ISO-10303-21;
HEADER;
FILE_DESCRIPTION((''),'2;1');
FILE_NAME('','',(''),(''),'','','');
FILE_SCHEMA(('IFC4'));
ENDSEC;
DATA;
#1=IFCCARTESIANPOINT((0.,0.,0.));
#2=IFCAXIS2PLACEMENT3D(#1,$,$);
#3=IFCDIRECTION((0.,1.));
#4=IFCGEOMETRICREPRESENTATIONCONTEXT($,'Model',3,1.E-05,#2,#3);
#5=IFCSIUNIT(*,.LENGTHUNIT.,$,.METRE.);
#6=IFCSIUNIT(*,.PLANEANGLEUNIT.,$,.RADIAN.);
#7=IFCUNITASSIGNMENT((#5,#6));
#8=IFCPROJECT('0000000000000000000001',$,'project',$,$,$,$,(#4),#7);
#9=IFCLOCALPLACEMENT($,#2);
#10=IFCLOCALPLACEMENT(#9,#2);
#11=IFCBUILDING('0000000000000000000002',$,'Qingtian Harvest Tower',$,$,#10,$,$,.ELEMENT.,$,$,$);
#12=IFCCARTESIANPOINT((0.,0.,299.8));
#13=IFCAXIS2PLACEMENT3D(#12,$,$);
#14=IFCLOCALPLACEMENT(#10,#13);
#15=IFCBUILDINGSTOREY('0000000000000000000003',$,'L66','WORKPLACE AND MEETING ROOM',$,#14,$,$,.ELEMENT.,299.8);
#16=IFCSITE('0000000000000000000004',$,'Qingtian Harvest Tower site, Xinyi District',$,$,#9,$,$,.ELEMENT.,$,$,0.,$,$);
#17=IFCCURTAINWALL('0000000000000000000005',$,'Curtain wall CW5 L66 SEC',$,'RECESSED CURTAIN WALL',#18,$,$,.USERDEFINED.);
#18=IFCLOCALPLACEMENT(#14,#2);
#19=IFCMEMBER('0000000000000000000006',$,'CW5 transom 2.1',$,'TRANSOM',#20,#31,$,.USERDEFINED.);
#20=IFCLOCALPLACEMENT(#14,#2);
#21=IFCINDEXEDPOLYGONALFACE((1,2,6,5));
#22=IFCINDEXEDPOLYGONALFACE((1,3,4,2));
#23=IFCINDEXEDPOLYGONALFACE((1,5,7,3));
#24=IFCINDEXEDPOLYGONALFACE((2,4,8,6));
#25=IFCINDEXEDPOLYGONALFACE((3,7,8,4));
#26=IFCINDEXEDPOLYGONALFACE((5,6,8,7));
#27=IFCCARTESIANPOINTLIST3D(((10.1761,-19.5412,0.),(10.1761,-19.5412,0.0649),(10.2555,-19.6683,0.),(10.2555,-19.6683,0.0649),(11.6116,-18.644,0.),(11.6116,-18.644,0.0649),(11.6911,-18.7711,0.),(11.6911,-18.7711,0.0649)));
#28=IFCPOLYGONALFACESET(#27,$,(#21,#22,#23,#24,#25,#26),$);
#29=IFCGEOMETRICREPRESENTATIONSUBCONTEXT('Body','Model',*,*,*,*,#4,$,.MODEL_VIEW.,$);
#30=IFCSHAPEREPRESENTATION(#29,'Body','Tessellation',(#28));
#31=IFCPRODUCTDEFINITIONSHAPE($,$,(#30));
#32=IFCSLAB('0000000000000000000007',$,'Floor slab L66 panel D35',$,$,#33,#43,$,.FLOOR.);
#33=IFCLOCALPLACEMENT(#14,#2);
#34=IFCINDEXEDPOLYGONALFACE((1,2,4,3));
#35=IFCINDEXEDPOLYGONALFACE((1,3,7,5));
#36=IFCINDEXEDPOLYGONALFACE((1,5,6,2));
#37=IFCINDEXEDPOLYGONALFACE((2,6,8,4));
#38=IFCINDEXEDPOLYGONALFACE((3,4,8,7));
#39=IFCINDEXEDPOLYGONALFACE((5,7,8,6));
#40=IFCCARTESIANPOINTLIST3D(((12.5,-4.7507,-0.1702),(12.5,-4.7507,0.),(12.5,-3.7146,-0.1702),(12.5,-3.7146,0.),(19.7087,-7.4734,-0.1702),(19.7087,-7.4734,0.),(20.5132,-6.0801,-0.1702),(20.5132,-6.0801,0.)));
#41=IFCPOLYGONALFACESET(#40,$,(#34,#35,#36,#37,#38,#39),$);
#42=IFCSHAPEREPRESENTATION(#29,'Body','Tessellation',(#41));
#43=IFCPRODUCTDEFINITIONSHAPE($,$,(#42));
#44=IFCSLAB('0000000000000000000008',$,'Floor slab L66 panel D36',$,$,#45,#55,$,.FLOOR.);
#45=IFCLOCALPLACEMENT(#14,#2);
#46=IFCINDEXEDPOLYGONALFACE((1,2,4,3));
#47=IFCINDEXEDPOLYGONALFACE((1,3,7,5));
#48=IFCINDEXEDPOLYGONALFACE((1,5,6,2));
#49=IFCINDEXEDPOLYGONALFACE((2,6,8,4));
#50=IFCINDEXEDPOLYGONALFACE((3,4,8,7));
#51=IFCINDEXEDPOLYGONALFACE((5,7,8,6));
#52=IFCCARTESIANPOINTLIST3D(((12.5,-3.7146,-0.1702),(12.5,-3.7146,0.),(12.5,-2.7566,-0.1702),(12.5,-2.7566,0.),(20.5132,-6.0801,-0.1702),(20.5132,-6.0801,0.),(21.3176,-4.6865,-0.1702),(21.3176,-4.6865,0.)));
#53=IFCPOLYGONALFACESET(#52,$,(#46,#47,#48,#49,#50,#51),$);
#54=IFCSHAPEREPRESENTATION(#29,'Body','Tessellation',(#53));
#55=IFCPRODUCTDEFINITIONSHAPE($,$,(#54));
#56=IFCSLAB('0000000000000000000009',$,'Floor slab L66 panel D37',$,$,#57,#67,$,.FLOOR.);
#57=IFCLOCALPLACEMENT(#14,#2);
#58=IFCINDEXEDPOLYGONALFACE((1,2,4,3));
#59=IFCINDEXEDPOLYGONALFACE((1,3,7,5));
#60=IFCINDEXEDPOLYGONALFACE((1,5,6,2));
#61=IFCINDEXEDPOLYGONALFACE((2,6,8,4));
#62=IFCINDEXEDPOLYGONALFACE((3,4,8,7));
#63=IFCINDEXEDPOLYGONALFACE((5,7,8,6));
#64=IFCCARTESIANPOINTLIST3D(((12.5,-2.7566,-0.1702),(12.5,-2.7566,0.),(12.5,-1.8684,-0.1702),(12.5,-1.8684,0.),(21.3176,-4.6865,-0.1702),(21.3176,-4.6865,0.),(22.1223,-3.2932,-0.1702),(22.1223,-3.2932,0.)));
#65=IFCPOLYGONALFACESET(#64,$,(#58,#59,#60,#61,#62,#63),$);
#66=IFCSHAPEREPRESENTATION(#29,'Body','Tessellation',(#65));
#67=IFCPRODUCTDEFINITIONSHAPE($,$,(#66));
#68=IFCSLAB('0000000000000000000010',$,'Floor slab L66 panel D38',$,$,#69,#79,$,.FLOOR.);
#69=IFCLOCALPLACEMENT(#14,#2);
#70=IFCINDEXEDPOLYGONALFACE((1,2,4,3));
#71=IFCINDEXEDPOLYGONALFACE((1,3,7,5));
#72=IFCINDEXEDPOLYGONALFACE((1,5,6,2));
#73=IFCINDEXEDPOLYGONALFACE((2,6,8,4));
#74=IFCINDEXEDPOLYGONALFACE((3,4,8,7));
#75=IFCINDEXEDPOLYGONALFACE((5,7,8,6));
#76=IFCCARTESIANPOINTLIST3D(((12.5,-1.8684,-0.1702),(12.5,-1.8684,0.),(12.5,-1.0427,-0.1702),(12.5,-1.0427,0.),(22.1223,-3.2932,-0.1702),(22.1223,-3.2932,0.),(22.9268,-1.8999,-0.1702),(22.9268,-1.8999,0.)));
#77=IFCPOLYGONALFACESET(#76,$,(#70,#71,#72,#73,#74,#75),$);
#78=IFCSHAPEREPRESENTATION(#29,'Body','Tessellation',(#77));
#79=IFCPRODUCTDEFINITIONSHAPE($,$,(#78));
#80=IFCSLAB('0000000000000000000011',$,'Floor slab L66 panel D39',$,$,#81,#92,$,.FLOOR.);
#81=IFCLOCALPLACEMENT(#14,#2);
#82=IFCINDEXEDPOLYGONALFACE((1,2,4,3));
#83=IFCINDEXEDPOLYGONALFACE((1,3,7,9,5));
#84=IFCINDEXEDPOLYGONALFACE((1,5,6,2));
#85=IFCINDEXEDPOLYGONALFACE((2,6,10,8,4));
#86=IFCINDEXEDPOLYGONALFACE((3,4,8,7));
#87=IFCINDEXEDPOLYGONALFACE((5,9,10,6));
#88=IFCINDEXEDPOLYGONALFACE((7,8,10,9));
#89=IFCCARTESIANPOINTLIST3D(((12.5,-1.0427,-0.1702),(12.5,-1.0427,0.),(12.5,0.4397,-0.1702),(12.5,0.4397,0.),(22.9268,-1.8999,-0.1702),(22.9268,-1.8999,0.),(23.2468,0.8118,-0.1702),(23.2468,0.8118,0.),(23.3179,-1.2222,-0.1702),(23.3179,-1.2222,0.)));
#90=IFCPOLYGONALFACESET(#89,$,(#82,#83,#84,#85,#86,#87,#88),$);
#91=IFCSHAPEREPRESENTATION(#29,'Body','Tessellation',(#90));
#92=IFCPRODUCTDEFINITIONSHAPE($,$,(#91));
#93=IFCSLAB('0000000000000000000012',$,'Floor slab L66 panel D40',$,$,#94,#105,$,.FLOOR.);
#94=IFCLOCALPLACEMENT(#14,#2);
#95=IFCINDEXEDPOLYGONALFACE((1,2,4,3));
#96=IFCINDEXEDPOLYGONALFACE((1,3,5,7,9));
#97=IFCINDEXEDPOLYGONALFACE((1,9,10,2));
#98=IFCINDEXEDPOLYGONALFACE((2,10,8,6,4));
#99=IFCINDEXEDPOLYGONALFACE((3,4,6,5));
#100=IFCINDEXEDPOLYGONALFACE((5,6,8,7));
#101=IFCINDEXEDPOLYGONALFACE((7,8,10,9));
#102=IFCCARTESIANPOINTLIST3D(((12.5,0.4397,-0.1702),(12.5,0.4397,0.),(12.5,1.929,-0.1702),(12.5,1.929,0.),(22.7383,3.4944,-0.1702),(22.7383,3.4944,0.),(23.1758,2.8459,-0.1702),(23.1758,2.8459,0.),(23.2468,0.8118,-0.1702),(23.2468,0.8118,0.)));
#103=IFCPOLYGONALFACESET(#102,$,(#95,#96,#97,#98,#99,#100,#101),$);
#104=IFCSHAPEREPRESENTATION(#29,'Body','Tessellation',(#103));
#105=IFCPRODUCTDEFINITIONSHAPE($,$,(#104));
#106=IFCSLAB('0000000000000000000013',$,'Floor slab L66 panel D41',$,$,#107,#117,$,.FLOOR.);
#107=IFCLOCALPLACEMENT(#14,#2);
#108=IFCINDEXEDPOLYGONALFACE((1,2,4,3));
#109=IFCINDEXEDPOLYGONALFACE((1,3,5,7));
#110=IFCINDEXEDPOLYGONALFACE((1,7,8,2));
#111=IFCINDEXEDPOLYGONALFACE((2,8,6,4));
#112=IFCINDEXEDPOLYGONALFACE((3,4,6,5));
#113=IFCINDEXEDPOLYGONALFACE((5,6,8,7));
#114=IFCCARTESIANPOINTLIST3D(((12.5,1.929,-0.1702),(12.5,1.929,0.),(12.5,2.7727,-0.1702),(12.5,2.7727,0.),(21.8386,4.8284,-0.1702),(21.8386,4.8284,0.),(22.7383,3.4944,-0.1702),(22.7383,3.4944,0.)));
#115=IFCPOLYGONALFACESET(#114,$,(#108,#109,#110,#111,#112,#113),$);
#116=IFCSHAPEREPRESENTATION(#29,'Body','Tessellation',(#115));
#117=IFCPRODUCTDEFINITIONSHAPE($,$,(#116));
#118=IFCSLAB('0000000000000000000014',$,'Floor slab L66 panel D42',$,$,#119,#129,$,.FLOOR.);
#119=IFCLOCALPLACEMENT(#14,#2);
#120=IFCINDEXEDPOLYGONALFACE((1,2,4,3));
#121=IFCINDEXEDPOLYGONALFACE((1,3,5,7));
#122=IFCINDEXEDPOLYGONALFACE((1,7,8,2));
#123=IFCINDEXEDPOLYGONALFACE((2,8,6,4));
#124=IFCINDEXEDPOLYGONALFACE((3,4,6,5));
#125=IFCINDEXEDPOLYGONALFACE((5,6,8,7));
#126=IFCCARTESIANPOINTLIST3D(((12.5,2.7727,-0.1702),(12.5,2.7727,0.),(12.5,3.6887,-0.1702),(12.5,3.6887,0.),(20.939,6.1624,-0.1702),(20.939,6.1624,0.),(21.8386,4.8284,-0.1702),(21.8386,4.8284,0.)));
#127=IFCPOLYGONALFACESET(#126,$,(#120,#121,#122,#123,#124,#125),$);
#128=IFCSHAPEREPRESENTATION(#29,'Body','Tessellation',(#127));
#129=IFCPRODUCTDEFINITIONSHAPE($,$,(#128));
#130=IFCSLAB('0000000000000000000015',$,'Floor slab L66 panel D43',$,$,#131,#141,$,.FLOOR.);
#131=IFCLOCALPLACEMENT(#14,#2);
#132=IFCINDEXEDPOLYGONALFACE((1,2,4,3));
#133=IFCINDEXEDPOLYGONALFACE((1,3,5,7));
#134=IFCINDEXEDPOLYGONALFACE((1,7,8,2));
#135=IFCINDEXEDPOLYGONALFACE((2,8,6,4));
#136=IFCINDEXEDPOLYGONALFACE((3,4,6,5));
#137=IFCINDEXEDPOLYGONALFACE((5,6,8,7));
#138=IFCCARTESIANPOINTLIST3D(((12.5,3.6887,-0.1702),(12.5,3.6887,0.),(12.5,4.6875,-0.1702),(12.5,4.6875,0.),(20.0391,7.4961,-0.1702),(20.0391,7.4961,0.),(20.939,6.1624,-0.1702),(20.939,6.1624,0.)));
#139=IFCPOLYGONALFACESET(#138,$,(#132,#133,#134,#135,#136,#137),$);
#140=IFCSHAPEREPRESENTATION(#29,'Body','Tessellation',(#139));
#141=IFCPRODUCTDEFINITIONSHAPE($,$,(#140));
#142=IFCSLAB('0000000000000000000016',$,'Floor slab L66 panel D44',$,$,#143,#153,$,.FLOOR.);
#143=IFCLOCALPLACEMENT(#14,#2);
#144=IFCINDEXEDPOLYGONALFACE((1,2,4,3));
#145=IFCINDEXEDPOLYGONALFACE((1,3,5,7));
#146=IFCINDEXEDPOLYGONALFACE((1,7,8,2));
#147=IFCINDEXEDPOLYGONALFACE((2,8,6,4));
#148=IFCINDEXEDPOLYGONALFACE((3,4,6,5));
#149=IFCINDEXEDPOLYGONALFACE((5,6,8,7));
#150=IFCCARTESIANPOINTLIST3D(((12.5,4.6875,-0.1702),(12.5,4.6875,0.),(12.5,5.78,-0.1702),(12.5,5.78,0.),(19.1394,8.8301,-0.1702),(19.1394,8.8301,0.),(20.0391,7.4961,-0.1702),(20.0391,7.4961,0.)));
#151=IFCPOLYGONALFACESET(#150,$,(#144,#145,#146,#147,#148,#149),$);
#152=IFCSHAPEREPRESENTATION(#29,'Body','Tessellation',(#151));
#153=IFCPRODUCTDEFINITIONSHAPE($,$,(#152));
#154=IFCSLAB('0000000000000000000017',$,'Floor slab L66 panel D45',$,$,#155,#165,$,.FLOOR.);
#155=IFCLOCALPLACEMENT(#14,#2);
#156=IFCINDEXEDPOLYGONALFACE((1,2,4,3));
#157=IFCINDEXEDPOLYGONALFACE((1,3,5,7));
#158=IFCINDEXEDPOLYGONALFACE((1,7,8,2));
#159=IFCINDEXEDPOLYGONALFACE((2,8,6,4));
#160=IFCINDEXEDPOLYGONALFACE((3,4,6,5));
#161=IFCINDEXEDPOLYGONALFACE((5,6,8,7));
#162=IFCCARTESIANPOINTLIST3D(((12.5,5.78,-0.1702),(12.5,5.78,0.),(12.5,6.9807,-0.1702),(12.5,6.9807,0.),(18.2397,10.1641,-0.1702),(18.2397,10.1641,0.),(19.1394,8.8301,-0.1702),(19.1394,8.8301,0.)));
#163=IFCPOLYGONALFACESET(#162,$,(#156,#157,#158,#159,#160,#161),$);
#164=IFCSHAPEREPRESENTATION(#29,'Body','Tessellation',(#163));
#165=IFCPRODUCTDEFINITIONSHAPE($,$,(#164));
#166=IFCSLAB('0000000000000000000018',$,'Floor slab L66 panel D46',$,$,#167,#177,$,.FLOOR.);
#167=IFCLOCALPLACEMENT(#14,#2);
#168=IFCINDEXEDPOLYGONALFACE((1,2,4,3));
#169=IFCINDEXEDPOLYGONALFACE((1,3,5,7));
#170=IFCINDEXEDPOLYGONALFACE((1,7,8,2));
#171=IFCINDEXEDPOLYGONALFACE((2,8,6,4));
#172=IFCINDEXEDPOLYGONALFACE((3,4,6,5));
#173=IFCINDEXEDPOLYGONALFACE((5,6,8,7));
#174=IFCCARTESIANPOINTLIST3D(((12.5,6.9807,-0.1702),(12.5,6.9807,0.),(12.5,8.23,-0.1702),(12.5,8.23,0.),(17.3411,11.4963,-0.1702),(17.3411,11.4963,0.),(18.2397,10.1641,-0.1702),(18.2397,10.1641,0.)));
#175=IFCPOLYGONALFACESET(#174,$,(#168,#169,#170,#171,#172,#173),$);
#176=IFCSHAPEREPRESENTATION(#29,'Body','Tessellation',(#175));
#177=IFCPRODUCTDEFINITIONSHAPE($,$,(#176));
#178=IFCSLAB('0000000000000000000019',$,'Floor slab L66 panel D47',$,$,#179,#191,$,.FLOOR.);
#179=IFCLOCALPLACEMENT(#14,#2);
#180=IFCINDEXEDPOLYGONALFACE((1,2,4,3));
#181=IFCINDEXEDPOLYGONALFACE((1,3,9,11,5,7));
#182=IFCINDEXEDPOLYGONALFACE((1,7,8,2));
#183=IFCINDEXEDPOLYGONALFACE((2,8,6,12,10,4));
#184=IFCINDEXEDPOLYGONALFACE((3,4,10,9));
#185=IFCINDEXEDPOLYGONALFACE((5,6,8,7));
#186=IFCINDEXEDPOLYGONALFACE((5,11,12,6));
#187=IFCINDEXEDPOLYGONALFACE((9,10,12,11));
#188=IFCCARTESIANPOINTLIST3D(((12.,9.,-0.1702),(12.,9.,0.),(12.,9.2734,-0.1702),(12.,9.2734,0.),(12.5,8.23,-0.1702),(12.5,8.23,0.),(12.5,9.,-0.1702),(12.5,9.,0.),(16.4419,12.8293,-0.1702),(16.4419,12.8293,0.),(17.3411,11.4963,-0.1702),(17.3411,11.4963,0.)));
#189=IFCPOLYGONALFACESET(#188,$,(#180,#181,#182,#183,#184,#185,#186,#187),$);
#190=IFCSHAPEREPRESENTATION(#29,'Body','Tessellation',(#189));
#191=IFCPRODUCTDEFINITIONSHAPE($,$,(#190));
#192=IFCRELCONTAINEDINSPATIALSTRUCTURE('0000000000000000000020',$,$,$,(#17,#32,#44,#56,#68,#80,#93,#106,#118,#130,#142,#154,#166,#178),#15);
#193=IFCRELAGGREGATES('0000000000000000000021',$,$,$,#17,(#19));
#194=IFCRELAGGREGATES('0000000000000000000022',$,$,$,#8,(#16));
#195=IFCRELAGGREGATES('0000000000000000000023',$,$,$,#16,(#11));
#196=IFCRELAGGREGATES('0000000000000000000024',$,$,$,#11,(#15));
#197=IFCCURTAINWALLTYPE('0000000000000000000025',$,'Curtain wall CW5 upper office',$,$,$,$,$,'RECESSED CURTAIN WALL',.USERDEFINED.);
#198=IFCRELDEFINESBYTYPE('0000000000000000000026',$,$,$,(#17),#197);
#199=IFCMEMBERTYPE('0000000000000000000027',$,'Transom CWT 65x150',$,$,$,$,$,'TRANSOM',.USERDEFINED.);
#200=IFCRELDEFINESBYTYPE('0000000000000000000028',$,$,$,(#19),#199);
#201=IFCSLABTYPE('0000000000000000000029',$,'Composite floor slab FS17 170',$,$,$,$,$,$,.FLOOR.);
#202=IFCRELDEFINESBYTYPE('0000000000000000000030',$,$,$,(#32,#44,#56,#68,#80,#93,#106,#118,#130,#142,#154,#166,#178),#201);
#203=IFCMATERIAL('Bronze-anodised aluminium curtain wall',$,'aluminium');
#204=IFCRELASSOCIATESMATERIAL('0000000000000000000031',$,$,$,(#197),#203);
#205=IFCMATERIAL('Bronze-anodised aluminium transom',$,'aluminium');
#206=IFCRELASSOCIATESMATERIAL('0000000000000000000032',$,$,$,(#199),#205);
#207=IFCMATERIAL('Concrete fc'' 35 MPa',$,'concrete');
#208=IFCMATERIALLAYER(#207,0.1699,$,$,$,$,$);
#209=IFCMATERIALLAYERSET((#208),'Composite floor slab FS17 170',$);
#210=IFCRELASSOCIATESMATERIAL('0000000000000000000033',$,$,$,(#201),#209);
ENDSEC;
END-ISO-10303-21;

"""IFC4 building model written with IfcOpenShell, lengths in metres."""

from ifc_helpers import new_model, si_unit, direction, frame, origin, origin_2d, place, context, subcontext, project, spatial, polyline, rectangle, outline, extrude, material, layer, layer_set, material_profile, profile_set, type_object, element, aggregate, save


model = new_model("IFC4")

# Units and contexts
model_context = context("Model", 3, precision=1e-05, world=origin(), true_north=direction((0.0, 1.0)))
body_context = subcontext(model_context, "Body", "Model", "MODEL_VIEW")
ifc_project = project(units=[si_unit("LENGTHUNIT", "METRE"), si_unit("PLANEANGLEUNIT", "RADIAN")], contexts=[model_context])

# Site, building, storey
site_placement = place(None, origin())
site = spatial("IfcSite", under=ifc_project, at=site_placement, Name="Qingtian Harvest Tower site, Xinyi District", CompositionType="ELEMENT", RefElevation=0.0)
building_placement = place(site_placement, origin())
building = spatial("IfcBuilding", under=site, at=building_placement, Name="Qingtian Harvest Tower", CompositionType="ELEMENT")
storey_placement = place(building_placement, frame((0.0, 0.0, 299.8)))
storey = spatial("IfcBuildingStorey", under=building, at=storey_placement, Name="L66", Description="WORKPLACE AND MEETING ROOM", CompositionType="ELEMENT", Elevation=299.8)

# Curtain wall, member
ifc_material_1 = material(Name="Bronze-anodised aluminium curtain wall", Category="aluminium")
curtain_wall_type = type_object("IfcCurtainWallType", Name="Curtain wall CW5 upper office", ElementType="RECESSED CURTAIN WALL", PredefinedType="USERDEFINED", material=ifc_material_1)
curtain_wall_placement = place(storey_placement, origin())
curtain_wall = element("IfcCurtainWall", 1, at=curtain_wall_placement, inside=storey, type_object=curtain_wall_type, Name="Curtain wall CW5 L66 SEC", ObjectType="RECESSED CURTAIN WALL", PredefinedType="USERDEFINED")
ifc_material_2 = material(Name="Bronze-anodised aluminium transom", Category="aluminium")
ifc_material_profile = material_profile(ifc_material_2, rectangle(XDim=0.1499, YDim=0.0649, at=origin_2d()), Name="AL 65x150")
ifc_profile_set = profile_set([ifc_material_profile], Name="Bronze-anodised aluminium transom")
member_type = type_object("IfcMemberType", Name="Transom CWT 65x150", ElementType="TRANSOM", PredefinedType="USERDEFINED", material=ifc_profile_set)
member_placement = place(storey_placement, frame((11.6514, -18.7075, 0.0325), z_axis=(-0.847998, -0.529999, 0.0), x_axis=(0.529999, -0.847998, 0.0)))
member = element("IfcMember", 2, at=member_placement, type_object=member_type, Name="CW5 transom 2.1", ObjectType="TRANSOM", PredefinedType="USERDEFINED", context=body_context, shape_type="SweptSolid", body=[
    extrude(rectangle(XDim=0.1499, YDim=0.0649, at=origin_2d()), origin(), (0.0, 0.0, 1.0), 1.6929),
])
aggregate(curtain_wall, [member])

# Slabs
ifc_material_3 = material(Name="Concrete fc' 35 MPa", Category="concrete")
ifc_layer_1 = layer(ifc_material_3, 0.1699)
ifc_layer_set_1 = layer_set([ifc_layer_1], Name="Composite floor slab FS17 170")
slab_type = type_object("IfcSlabType", Name="Composite floor slab FS17 170", PredefinedType="FLOOR", material=ifc_layer_set_1)
slab_1_placement = place(storey_placement, frame((0.0, 0.0, -0.1702)))
element("IfcSlab", 3, at=slab_1_placement, inside=storey, type_object=slab_type, Name="Floor slab L66 panel D35", PredefinedType="FLOOR", context=body_context, shape_type="SweptSolid", body=[
    extrude(outline(polyline([(12.5, -3.7146), (20.5132, -6.0801), (19.7087, -7.4734), (12.5, -4.7507), (12.5, -3.7146)])), origin(), (0.0, 0.0, 1.0), 0.1702),
])
slab_2_placement = place(storey_placement, frame((0.0, 0.0, -0.1702)))
element("IfcSlab", 4, at=slab_2_placement, inside=storey, type_object=slab_type, Name="Floor slab L66 panel D36", PredefinedType="FLOOR", context=body_context, shape_type="SweptSolid", body=[
    extrude(outline(polyline([(12.5, -2.7566), (21.3176, -4.6865), (20.5132, -6.0801), (12.5, -3.7146), (12.5, -2.7566)])), origin(), (0.0, 0.0, 1.0), 0.1702),
])
slab_3_placement = place(storey_placement, frame((0.0, 0.0, -0.1702)))
element("IfcSlab", 5, at=slab_3_placement, inside=storey, type_object=slab_type, Name="Floor slab L66 panel D37", PredefinedType="FLOOR", context=body_context, shape_type="SweptSolid", body=[
    extrude(outline(polyline([(12.5, -1.8684), (22.1223, -3.2932), (21.3176, -4.6865), (12.5, -2.7566), (12.5, -1.8684)])), origin(), (0.0, 0.0, 1.0), 0.1702),
])
slab_4_placement = place(storey_placement, frame((0.0, 0.0, -0.1702)))
element("IfcSlab", 6, at=slab_4_placement, inside=storey, type_object=slab_type, Name="Floor slab L66 panel D38", PredefinedType="FLOOR", context=body_context, shape_type="SweptSolid", body=[
    extrude(outline(polyline([(12.5, -1.0427), (22.9268, -1.8999), (22.1223, -3.2932), (12.5, -1.8684), (12.5, -1.0427)])), origin(), (0.0, 0.0, 1.0), 0.1702),
])
slab_5_placement = place(storey_placement, frame((0.0, 0.0, -0.1702)))
element("IfcSlab", 7, at=slab_5_placement, inside=storey, type_object=slab_type, Name="Floor slab L66 panel D39", PredefinedType="FLOOR", context=body_context, shape_type="SweptSolid", body=[
    extrude(outline(polyline([(12.5, -1.0427), (12.5, 0.4397), (23.2468, 0.8118), (23.3179, -1.2222), (22.9268, -1.8999), (12.5, -1.0427)])), origin(), (0.0, 0.0, 1.0), 0.1702),
])
slab_6_placement = place(storey_placement, frame((0.0, 0.0, -0.1702)))
element("IfcSlab", 8, at=slab_6_placement, inside=storey, type_object=slab_type, Name="Floor slab L66 panel D40", PredefinedType="FLOOR", context=body_context, shape_type="SweptSolid", body=[
    extrude(outline(polyline([(12.5, 0.4397), (12.5, 1.929), (22.7383, 3.4944), (23.1758, 2.8459), (23.2468, 0.8118), (12.5, 0.4397)])), origin(), (0.0, 0.0, 1.0), 0.1702),
])
slab_7_placement = place(storey_placement, frame((0.0, 0.0, -0.1702)))
element("IfcSlab", 9, at=slab_7_placement, inside=storey, type_object=slab_type, Name="Floor slab L66 panel D41", PredefinedType="FLOOR", context=body_context, shape_type="SweptSolid", body=[
    extrude(outline(polyline([(12.5, 2.7727), (21.8386, 4.8284), (22.7383, 3.4944), (12.5, 1.929), (12.5, 2.7727)])), origin(), (0.0, 0.0, 1.0), 0.1702),
])
slab_8_placement = place(storey_placement, frame((0.0, 0.0, -0.1702)))
element("IfcSlab", 10, at=slab_8_placement, inside=storey, type_object=slab_type, Name="Floor slab L66 panel D42", PredefinedType="FLOOR", context=body_context, shape_type="SweptSolid", body=[
    extrude(outline(polyline([(12.5, 3.6887), (20.939, 6.1624), (21.8386, 4.8284), (12.5, 2.7727), (12.5, 3.6887)])), origin(), (0.0, 0.0, 1.0), 0.1702),
])
slab_9_placement = place(storey_placement, frame((0.0, 0.0, -0.1702)))
element("IfcSlab", 11, at=slab_9_placement, inside=storey, type_object=slab_type, Name="Floor slab L66 panel D43", PredefinedType="FLOOR", context=body_context, shape_type="SweptSolid", body=[
    extrude(outline(polyline([(12.5, 4.6875), (20.0391, 7.4961), (20.939, 6.1624), (12.5, 3.6887), (12.5, 4.6875)])), origin(), (0.0, 0.0, 1.0), 0.1702),
])
slab_10_placement = place(storey_placement, frame((0.0, 0.0, -0.1702)))
element("IfcSlab", 12, at=slab_10_placement, inside=storey, type_object=slab_type, Name="Floor slab L66 panel D44", PredefinedType="FLOOR", context=body_context, shape_type="SweptSolid", body=[
    extrude(outline(polyline([(12.5, 5.78), (19.1394, 8.8301), (20.0391, 7.4961), (12.5, 4.6875), (12.5, 5.78)])), origin(), (0.0, 0.0, 1.0), 0.1702),
])
slab_11_placement = place(storey_placement, frame((0.0, 0.0, -0.1702)))
element("IfcSlab", 13, at=slab_11_placement, inside=storey, type_object=slab_type, Name="Floor slab L66 panel D45", PredefinedType="FLOOR", context=body_context, shape_type="SweptSolid", body=[
    extrude(outline(polyline([(12.5, 6.9807), (18.2397, 10.1641), (19.1394, 8.8301), (12.5, 5.78), (12.5, 6.9807)])), origin(), (0.0, 0.0, 1.0), 0.1702),
])
slab_12_placement = place(storey_placement, frame((0.0, 0.0, -0.1702)))
element("IfcSlab", 14, at=slab_12_placement, inside=storey, type_object=slab_type, Name="Floor slab L66 panel D46", PredefinedType="FLOOR", context=body_context, shape_type="SweptSolid", body=[
    extrude(outline(polyline([(12.5, 8.23), (17.3411, 11.4963), (18.2397, 10.1641), (12.5, 6.9807), (12.5, 8.23)])), origin(), (0.0, 0.0, 1.0), 0.1702),
])
slab_13_placement = place(storey_placement, frame((0.0, 0.0, -0.1702)))
element("IfcSlab", 15, at=slab_13_placement, inside=storey, type_object=slab_type, Name="Floor slab L66 panel D47", PredefinedType="FLOOR", context=body_context, shape_type="SweptSolid", body=[
    extrude(outline(polyline([(12.5, 9.0), (12.0, 9.0), (12.0, 9.2734), (16.4419, 12.8293), (17.3411, 11.4963), (12.5, 8.23), (12.5, 9.0)])), origin(), (0.0, 0.0, 1.0), 0.1702),
])

save(model, "model.ifc")
